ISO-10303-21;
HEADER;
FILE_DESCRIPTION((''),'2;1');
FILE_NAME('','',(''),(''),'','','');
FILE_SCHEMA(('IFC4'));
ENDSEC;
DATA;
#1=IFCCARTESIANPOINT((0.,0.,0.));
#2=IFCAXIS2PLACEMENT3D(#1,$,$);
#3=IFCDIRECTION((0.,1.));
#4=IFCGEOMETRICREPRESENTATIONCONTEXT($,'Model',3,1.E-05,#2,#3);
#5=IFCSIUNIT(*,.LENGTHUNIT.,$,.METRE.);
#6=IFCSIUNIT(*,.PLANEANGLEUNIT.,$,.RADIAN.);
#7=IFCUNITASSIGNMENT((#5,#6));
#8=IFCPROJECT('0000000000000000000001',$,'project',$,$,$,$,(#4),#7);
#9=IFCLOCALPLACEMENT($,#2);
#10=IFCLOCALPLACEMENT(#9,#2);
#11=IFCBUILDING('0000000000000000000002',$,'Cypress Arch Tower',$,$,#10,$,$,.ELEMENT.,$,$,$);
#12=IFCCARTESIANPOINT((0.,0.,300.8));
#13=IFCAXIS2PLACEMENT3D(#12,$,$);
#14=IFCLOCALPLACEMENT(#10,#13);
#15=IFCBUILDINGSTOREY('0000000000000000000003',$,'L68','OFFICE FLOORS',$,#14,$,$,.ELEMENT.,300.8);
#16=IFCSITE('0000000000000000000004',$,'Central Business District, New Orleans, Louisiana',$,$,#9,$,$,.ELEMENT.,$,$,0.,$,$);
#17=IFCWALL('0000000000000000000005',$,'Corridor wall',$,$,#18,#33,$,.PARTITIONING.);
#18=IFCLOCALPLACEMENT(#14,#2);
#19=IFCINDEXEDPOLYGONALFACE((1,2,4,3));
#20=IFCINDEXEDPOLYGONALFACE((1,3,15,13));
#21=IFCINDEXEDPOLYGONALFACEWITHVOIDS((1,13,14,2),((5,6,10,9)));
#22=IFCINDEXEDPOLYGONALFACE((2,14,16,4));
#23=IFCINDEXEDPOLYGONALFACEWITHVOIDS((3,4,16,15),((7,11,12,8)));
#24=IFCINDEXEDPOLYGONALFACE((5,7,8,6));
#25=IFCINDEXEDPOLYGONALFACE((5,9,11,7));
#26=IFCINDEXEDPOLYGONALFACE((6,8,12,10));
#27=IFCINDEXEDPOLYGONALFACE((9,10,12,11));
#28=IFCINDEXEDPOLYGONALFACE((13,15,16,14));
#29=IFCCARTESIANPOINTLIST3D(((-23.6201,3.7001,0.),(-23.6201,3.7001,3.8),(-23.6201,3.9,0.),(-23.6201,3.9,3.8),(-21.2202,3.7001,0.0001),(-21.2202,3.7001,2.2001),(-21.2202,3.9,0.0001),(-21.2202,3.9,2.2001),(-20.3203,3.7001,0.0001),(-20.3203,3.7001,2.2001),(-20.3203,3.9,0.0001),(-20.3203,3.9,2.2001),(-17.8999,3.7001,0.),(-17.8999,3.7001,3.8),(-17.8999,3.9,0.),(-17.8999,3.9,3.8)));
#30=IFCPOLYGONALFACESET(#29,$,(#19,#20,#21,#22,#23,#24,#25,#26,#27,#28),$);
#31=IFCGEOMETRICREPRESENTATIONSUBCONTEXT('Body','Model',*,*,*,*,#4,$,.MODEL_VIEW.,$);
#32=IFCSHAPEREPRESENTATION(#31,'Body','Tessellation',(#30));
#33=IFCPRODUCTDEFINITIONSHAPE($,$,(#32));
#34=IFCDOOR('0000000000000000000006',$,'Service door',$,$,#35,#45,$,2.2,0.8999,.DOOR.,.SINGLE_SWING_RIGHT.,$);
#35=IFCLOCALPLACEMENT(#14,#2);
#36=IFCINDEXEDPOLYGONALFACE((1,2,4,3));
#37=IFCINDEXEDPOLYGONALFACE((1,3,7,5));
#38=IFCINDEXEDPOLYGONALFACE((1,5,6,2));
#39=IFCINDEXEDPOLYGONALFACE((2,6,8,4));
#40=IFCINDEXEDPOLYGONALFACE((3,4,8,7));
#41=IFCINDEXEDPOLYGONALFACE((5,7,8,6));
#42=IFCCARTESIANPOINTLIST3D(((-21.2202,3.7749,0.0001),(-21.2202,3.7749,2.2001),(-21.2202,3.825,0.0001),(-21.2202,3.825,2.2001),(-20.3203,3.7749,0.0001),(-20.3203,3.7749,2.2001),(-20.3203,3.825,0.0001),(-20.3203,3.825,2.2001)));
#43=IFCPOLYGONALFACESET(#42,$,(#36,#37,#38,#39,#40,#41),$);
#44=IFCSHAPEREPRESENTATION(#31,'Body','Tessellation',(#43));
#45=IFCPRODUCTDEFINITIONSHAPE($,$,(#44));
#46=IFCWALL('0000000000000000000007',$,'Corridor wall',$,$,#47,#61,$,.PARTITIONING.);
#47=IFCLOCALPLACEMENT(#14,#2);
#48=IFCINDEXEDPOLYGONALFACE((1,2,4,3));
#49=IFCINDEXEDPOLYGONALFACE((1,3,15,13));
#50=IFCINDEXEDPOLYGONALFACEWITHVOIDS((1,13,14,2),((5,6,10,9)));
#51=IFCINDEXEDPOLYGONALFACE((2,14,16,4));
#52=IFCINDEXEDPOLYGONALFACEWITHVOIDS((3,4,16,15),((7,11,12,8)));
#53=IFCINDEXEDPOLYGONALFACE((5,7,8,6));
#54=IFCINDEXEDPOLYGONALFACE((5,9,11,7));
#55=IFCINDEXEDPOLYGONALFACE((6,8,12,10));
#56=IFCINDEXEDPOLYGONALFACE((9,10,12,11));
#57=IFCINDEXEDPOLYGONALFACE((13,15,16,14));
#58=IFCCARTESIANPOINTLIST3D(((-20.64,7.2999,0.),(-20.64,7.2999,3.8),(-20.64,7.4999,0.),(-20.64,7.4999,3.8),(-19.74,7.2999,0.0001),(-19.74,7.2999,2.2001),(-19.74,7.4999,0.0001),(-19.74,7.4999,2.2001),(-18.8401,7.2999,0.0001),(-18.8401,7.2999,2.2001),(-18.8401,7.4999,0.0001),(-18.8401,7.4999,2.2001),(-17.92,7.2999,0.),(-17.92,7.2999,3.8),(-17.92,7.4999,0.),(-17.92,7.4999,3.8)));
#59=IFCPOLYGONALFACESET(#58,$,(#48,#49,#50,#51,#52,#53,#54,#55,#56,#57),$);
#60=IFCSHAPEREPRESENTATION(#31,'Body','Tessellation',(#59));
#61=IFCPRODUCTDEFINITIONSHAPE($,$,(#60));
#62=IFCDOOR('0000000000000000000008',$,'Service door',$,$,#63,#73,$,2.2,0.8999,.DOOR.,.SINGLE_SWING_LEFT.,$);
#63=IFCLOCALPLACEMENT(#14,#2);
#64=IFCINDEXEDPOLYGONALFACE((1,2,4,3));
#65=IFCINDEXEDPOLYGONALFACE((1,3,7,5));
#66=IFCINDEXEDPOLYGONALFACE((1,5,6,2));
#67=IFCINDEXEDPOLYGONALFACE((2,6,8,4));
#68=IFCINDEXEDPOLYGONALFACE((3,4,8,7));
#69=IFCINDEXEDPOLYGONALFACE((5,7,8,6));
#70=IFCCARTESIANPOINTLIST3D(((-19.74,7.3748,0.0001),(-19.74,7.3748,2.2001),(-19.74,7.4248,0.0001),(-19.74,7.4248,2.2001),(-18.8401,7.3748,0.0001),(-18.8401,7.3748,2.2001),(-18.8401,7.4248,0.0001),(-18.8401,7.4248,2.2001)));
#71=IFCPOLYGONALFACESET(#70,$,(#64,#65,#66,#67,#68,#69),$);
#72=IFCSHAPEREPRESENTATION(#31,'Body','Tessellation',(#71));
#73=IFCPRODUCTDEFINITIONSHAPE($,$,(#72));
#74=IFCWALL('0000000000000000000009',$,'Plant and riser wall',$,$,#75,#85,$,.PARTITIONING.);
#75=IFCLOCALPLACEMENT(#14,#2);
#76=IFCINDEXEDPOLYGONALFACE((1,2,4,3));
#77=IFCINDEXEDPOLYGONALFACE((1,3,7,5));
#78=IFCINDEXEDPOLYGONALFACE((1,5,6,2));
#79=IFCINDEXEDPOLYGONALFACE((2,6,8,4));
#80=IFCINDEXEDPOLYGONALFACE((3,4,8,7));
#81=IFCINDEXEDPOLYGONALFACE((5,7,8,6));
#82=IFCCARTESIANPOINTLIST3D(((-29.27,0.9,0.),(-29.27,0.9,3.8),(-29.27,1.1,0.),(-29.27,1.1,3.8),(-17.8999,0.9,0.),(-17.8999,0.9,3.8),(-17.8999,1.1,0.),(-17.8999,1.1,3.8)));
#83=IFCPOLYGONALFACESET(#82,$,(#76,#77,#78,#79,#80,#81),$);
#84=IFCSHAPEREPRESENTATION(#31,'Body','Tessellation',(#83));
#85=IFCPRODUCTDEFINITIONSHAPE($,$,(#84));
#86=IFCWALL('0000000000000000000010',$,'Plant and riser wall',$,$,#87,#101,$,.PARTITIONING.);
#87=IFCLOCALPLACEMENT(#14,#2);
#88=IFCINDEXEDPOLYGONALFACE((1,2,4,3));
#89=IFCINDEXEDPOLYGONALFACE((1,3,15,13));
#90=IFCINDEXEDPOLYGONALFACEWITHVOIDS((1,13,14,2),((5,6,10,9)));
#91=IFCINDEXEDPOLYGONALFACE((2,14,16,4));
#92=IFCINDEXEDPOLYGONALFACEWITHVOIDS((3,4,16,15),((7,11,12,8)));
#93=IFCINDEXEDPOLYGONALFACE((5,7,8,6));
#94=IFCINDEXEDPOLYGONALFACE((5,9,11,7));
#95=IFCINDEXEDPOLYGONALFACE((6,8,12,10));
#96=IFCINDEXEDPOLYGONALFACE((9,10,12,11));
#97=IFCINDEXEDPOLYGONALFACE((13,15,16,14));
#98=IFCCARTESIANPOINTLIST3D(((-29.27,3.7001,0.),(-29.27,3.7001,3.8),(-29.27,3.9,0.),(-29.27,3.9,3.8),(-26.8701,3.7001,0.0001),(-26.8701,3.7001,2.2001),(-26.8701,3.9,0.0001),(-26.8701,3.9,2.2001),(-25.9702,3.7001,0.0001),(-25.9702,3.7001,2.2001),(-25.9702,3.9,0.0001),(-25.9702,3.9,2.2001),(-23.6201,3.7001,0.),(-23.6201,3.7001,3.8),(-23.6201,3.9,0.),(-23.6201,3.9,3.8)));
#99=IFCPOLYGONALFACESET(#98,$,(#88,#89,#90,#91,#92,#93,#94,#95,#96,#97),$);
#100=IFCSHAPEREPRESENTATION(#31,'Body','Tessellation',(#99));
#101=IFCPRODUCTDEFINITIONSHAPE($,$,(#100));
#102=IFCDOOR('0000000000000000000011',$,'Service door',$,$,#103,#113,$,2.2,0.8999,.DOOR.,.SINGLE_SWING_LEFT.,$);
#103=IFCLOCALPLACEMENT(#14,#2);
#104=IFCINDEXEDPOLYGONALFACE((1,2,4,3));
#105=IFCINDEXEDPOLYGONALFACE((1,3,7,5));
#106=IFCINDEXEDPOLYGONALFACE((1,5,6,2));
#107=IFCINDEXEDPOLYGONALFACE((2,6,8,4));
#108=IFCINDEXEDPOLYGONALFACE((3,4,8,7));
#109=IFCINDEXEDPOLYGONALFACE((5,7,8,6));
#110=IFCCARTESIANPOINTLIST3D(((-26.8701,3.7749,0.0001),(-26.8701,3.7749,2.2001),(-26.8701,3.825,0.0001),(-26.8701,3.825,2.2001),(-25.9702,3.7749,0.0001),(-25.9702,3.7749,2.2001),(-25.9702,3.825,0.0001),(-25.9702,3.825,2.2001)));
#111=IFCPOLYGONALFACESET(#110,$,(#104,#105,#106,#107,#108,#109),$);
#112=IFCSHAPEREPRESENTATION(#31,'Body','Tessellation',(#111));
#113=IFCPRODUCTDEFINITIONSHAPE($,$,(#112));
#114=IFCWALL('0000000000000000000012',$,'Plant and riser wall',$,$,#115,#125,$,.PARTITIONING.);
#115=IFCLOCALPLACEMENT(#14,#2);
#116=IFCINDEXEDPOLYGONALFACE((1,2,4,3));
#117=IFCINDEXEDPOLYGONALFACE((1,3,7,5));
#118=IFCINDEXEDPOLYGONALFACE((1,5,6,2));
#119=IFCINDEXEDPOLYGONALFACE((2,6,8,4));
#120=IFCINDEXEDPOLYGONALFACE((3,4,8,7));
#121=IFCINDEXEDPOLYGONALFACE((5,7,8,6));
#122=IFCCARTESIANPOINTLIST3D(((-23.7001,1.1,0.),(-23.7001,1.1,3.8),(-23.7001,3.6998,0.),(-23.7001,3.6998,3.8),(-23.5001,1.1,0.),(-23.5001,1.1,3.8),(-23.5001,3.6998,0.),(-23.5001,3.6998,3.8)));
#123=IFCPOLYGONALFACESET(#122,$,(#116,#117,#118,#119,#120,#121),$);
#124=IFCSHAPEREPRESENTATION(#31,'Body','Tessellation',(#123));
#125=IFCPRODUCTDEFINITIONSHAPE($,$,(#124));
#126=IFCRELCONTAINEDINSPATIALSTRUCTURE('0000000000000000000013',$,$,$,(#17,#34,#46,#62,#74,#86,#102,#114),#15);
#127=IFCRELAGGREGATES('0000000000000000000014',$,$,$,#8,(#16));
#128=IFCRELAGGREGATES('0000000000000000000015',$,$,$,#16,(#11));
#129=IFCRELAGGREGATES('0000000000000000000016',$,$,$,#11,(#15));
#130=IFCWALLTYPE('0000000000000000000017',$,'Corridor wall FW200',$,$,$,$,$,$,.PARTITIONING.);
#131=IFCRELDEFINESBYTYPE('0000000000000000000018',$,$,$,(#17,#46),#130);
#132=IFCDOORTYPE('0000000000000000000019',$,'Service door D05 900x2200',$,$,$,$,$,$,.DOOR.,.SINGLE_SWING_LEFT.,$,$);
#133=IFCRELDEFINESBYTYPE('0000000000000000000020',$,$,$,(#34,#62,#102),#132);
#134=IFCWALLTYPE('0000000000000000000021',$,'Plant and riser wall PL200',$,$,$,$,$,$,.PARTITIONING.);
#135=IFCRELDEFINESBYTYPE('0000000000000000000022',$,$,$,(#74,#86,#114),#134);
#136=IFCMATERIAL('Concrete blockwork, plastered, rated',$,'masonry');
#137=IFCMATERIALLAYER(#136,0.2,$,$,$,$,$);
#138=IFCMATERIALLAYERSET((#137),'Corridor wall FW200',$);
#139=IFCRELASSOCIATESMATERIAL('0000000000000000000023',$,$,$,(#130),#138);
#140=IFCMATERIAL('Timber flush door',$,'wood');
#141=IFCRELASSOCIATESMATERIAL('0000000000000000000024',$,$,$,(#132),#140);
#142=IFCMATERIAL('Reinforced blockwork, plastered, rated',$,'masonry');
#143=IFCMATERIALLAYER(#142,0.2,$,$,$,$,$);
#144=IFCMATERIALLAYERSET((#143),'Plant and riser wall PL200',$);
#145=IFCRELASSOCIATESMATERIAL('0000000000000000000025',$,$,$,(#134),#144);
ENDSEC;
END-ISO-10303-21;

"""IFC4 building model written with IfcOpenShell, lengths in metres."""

from ifc_helpers import new_model, si_unit, direction, frame, frame_2d, origin, place, context, subcontext, project, spatial, rectangle, extrude, material, layer, layer_set, type_object, element, fill, save


model = new_model("IFC4")

# Units and contexts
model_context = context("Model", 3, precision=1e-05, world=origin(), true_north=direction((0.0, 1.0)))
body_context = subcontext(model_context, "Body", "Model", "MODEL_VIEW")
ifc_project = project(units=[si_unit("LENGTHUNIT", "METRE"), si_unit("PLANEANGLEUNIT", "RADIAN")], contexts=[model_context])

# Site, building, storey
site_placement = place(None, origin())
site = spatial("IfcSite", under=ifc_project, at=site_placement, Name="Central Business District, New Orleans, Louisiana", CompositionType="ELEMENT", RefElevation=0.0)
building_placement = place(site_placement, origin())
building = spatial("IfcBuilding", under=site, at=building_placement, Name="Cypress Arch Tower", CompositionType="ELEMENT")
storey_placement = place(building_placement, frame((0.0, 0.0, 300.8)))
storey = spatial("IfcBuildingStorey", under=building, at=storey_placement, Name="L68", Description="OFFICE FLOORS", CompositionType="ELEMENT", Elevation=300.8)

# Walls, openings, doors
ifc_material_1 = material(Name="Concrete blockwork, plastered, rated", Category="masonry")
ifc_layer_1 = layer(ifc_material_1, 0.2)
ifc_layer_set_1 = layer_set([ifc_layer_1], Name="Corridor wall FW200")
wall_type_1 = type_object("IfcWallType", Name="Corridor wall FW200", PredefinedType="PARTITIONING", material=ifc_layer_set_1)
wall_1_placement = place(storey_placement, frame((-23.6201, 3.8, 0.0), z_axis=(0.0, 0.0, 1.0), x_axis=(1.0, 0.0, 0.0)))
wall_1 = element("IfcWall", 1, at=wall_1_placement, inside=storey, type_object=wall_type_1, Name="Corridor wall", PredefinedType="PARTITIONING", context=body_context, shape_type="SweptSolid", body=[
    extrude(rectangle(XDim=5.7202, YDim=0.2, at=frame_2d((2.8601, 0.0))), origin(), (0.0, 0.0, 1.0), 3.8),
])
opening_1_placement = place(wall_1_placement, frame((2.3999, 0.0, 0.0)))
opening_1 = element("IfcOpeningElement", 2, at=opening_1_placement, cuts=wall_1, PredefinedType="OPENING", context=body_context, shape_type="SweptSolid", body=[
    extrude(rectangle(XDim=0.8999, YDim=2.2, at=frame_2d((0.45, 1.1001))), frame((0.0, 0.1099, 0.0), z_axis=(0.0, -1.0, 0.0), x_axis=(1.0, 0.0, 0.0)), (0.0, 0.0, 1.0), 0.22),
])
ifc_material_2 = material(Name="Timber flush door", Category="wood")
door_type_1 = type_object("IfcDoorType", Name="Service door D05 900x2200", OperationType="SINGLE_SWING_LEFT", PredefinedType="DOOR", material=ifc_material_2)
door_1_placement = place(opening_1_placement, origin())
door_1 = element("IfcDoor", 3, at=door_1_placement, inside=storey, type_object=door_type_1, Name="Service door", OperationType="SINGLE_SWING_RIGHT", OverallHeight=2.2, OverallWidth=0.8999, PredefinedType="DOOR", context=body_context, shape_type="SweptSolid", body=[
    extrude(rectangle(XDim=0.8999, YDim=2.2, at=frame_2d((0.45, 1.1001))), frame((0.0, 0.0249, 0.0), z_axis=(0.0, -1.0, 0.0), x_axis=(1.0, 0.0, 0.0)), (0.0, 0.0, 1.0), 0.05),
])
fill(opening_1, door_1)
wall_2_placement = place(storey_placement, frame((-20.6399, 7.3999, 0.0), z_axis=(0.0, 0.0, 1.0), x_axis=(1.0, 0.0, 0.0)))
wall_2 = element("IfcWall", 4, at=wall_2_placement, inside=storey, type_object=wall_type_1, Name="Corridor wall", PredefinedType="PARTITIONING", context=body_context, shape_type="SweptSolid", body=[
    extrude(rectangle(XDim=2.72, YDim=0.2, at=frame_2d((1.3599, 0.0))), origin(), (0.0, 0.0, 1.0), 3.8),
])
opening_2_placement = place(wall_2_placement, frame((0.8999, 0.0, 0.0)))
opening_2 = element("IfcOpeningElement", 5, at=opening_2_placement, cuts=wall_2, PredefinedType="OPENING", context=body_context, shape_type="SweptSolid", body=[
    extrude(rectangle(XDim=0.8999, YDim=2.2, at=frame_2d((0.45, 1.1001))), frame((0.0, 0.1099, 0.0), z_axis=(0.0, -1.0, 0.0), x_axis=(1.0, 0.0, 0.0)), (0.0, 0.0, 1.0), 0.22),
])
door_2_placement = place(opening_2_placement, origin())
door_2 = element("IfcDoor", 6, at=door_2_placement, inside=storey, type_object=door_type_1, Name="Service door", OperationType="SINGLE_SWING_LEFT", OverallHeight=2.2, OverallWidth=0.8999, PredefinedType="DOOR", context=body_context, shape_type="SweptSolid", body=[
    extrude(rectangle(XDim=0.8999, YDim=2.2, at=frame_2d((0.45, 1.1001))), frame((0.0, 0.0249, 0.0), z_axis=(0.0, -1.0, 0.0), x_axis=(1.0, 0.0, 0.0)), (0.0, 0.0, 1.0), 0.05),
])
fill(opening_2, door_2)

# Wall
ifc_material_3 = material(Name="Reinforced blockwork, plastered, rated", Category="masonry")
ifc_layer_2 = layer(ifc_material_3, 0.2)
ifc_layer_set_2 = layer_set([ifc_layer_2], Name="Plant and riser wall PL200")
wall_type_2 = type_object("IfcWallType", Name="Plant and riser wall PL200", PredefinedType="PARTITIONING", material=ifc_layer_set_2)
wall_3_placement = place(storey_placement, frame((-29.27, 1.0, 0.0), z_axis=(0.0, 0.0, 1.0), x_axis=(1.0, 0.0, 0.0)))
element("IfcWall", 7, at=wall_3_placement, inside=storey, type_object=wall_type_2, Name="Plant and riser wall", PredefinedType="PARTITIONING", context=body_context, shape_type="SweptSolid", body=[
    extrude(rectangle(XDim=11.3701, YDim=0.2, at=frame_2d((5.6851, 0.0))), origin(), (0.0, 0.0, 1.0), 3.8),
])

# Wall, opening, door
wall_4_placement = place(storey_placement, frame((-29.27, 3.8, 0.0), z_axis=(0.0, 0.0, 1.0), x_axis=(1.0, 0.0, 0.0)))
wall_4 = element("IfcWall", 8, at=wall_4_placement, inside=storey, type_object=wall_type_2, Name="Plant and riser wall", PredefinedType="PARTITIONING", context=body_context, shape_type="SweptSolid", body=[
    extrude(rectangle(XDim=5.6499, YDim=0.2, at=frame_2d((2.825, 0.0))), origin(), (0.0, 0.0, 1.0), 3.8),
])
opening_3_placement = place(wall_4_placement, frame((2.3999, 0.0, 0.0)))
opening_3 = element("IfcOpeningElement", 9, at=opening_3_placement, cuts=wall_4, PredefinedType="OPENING", context=body_context, shape_type="SweptSolid", body=[
    extrude(rectangle(XDim=0.8999, YDim=2.2, at=frame_2d((0.45, 1.1001))), frame((0.0, 0.1099, 0.0), z_axis=(0.0, -1.0, 0.0), x_axis=(1.0, 0.0, 0.0)), (0.0, 0.0, 1.0), 0.22),
])
door_3_placement = place(opening_3_placement, origin())
door_3 = element("IfcDoor", 10, at=door_3_placement, inside=storey, type_object=door_type_1, Name="Service door", OperationType="SINGLE_SWING_LEFT", OverallHeight=2.2, OverallWidth=0.8999, PredefinedType="DOOR", context=body_context, shape_type="SweptSolid", body=[
    extrude(rectangle(XDim=0.8999, YDim=2.2, at=frame_2d((0.45, 1.1001))), frame((0.0, 0.0249, 0.0), z_axis=(0.0, -1.0, 0.0), x_axis=(1.0, 0.0, 0.0)), (0.0, 0.0, 1.0), 0.05),
])
fill(opening_3, door_3)

# Wall
wall_5_placement = place(storey_placement, frame((-23.6001, 1.1001, 0.0), z_axis=(0.0, 0.0, 1.0), x_axis=(0.0, 1.0, 0.0)))
element("IfcWall", 11, at=wall_5_placement, inside=storey, type_object=wall_type_2, Name="Plant and riser wall", PredefinedType="PARTITIONING", context=body_context, shape_type="SweptSolid", body=[
    extrude(rectangle(XDim=2.5999, YDim=0.2, at=frame_2d((1.2998, 0.0))), origin(), (0.0, 0.0, 1.0), 3.8),
])

save(model, "model.ifc")
